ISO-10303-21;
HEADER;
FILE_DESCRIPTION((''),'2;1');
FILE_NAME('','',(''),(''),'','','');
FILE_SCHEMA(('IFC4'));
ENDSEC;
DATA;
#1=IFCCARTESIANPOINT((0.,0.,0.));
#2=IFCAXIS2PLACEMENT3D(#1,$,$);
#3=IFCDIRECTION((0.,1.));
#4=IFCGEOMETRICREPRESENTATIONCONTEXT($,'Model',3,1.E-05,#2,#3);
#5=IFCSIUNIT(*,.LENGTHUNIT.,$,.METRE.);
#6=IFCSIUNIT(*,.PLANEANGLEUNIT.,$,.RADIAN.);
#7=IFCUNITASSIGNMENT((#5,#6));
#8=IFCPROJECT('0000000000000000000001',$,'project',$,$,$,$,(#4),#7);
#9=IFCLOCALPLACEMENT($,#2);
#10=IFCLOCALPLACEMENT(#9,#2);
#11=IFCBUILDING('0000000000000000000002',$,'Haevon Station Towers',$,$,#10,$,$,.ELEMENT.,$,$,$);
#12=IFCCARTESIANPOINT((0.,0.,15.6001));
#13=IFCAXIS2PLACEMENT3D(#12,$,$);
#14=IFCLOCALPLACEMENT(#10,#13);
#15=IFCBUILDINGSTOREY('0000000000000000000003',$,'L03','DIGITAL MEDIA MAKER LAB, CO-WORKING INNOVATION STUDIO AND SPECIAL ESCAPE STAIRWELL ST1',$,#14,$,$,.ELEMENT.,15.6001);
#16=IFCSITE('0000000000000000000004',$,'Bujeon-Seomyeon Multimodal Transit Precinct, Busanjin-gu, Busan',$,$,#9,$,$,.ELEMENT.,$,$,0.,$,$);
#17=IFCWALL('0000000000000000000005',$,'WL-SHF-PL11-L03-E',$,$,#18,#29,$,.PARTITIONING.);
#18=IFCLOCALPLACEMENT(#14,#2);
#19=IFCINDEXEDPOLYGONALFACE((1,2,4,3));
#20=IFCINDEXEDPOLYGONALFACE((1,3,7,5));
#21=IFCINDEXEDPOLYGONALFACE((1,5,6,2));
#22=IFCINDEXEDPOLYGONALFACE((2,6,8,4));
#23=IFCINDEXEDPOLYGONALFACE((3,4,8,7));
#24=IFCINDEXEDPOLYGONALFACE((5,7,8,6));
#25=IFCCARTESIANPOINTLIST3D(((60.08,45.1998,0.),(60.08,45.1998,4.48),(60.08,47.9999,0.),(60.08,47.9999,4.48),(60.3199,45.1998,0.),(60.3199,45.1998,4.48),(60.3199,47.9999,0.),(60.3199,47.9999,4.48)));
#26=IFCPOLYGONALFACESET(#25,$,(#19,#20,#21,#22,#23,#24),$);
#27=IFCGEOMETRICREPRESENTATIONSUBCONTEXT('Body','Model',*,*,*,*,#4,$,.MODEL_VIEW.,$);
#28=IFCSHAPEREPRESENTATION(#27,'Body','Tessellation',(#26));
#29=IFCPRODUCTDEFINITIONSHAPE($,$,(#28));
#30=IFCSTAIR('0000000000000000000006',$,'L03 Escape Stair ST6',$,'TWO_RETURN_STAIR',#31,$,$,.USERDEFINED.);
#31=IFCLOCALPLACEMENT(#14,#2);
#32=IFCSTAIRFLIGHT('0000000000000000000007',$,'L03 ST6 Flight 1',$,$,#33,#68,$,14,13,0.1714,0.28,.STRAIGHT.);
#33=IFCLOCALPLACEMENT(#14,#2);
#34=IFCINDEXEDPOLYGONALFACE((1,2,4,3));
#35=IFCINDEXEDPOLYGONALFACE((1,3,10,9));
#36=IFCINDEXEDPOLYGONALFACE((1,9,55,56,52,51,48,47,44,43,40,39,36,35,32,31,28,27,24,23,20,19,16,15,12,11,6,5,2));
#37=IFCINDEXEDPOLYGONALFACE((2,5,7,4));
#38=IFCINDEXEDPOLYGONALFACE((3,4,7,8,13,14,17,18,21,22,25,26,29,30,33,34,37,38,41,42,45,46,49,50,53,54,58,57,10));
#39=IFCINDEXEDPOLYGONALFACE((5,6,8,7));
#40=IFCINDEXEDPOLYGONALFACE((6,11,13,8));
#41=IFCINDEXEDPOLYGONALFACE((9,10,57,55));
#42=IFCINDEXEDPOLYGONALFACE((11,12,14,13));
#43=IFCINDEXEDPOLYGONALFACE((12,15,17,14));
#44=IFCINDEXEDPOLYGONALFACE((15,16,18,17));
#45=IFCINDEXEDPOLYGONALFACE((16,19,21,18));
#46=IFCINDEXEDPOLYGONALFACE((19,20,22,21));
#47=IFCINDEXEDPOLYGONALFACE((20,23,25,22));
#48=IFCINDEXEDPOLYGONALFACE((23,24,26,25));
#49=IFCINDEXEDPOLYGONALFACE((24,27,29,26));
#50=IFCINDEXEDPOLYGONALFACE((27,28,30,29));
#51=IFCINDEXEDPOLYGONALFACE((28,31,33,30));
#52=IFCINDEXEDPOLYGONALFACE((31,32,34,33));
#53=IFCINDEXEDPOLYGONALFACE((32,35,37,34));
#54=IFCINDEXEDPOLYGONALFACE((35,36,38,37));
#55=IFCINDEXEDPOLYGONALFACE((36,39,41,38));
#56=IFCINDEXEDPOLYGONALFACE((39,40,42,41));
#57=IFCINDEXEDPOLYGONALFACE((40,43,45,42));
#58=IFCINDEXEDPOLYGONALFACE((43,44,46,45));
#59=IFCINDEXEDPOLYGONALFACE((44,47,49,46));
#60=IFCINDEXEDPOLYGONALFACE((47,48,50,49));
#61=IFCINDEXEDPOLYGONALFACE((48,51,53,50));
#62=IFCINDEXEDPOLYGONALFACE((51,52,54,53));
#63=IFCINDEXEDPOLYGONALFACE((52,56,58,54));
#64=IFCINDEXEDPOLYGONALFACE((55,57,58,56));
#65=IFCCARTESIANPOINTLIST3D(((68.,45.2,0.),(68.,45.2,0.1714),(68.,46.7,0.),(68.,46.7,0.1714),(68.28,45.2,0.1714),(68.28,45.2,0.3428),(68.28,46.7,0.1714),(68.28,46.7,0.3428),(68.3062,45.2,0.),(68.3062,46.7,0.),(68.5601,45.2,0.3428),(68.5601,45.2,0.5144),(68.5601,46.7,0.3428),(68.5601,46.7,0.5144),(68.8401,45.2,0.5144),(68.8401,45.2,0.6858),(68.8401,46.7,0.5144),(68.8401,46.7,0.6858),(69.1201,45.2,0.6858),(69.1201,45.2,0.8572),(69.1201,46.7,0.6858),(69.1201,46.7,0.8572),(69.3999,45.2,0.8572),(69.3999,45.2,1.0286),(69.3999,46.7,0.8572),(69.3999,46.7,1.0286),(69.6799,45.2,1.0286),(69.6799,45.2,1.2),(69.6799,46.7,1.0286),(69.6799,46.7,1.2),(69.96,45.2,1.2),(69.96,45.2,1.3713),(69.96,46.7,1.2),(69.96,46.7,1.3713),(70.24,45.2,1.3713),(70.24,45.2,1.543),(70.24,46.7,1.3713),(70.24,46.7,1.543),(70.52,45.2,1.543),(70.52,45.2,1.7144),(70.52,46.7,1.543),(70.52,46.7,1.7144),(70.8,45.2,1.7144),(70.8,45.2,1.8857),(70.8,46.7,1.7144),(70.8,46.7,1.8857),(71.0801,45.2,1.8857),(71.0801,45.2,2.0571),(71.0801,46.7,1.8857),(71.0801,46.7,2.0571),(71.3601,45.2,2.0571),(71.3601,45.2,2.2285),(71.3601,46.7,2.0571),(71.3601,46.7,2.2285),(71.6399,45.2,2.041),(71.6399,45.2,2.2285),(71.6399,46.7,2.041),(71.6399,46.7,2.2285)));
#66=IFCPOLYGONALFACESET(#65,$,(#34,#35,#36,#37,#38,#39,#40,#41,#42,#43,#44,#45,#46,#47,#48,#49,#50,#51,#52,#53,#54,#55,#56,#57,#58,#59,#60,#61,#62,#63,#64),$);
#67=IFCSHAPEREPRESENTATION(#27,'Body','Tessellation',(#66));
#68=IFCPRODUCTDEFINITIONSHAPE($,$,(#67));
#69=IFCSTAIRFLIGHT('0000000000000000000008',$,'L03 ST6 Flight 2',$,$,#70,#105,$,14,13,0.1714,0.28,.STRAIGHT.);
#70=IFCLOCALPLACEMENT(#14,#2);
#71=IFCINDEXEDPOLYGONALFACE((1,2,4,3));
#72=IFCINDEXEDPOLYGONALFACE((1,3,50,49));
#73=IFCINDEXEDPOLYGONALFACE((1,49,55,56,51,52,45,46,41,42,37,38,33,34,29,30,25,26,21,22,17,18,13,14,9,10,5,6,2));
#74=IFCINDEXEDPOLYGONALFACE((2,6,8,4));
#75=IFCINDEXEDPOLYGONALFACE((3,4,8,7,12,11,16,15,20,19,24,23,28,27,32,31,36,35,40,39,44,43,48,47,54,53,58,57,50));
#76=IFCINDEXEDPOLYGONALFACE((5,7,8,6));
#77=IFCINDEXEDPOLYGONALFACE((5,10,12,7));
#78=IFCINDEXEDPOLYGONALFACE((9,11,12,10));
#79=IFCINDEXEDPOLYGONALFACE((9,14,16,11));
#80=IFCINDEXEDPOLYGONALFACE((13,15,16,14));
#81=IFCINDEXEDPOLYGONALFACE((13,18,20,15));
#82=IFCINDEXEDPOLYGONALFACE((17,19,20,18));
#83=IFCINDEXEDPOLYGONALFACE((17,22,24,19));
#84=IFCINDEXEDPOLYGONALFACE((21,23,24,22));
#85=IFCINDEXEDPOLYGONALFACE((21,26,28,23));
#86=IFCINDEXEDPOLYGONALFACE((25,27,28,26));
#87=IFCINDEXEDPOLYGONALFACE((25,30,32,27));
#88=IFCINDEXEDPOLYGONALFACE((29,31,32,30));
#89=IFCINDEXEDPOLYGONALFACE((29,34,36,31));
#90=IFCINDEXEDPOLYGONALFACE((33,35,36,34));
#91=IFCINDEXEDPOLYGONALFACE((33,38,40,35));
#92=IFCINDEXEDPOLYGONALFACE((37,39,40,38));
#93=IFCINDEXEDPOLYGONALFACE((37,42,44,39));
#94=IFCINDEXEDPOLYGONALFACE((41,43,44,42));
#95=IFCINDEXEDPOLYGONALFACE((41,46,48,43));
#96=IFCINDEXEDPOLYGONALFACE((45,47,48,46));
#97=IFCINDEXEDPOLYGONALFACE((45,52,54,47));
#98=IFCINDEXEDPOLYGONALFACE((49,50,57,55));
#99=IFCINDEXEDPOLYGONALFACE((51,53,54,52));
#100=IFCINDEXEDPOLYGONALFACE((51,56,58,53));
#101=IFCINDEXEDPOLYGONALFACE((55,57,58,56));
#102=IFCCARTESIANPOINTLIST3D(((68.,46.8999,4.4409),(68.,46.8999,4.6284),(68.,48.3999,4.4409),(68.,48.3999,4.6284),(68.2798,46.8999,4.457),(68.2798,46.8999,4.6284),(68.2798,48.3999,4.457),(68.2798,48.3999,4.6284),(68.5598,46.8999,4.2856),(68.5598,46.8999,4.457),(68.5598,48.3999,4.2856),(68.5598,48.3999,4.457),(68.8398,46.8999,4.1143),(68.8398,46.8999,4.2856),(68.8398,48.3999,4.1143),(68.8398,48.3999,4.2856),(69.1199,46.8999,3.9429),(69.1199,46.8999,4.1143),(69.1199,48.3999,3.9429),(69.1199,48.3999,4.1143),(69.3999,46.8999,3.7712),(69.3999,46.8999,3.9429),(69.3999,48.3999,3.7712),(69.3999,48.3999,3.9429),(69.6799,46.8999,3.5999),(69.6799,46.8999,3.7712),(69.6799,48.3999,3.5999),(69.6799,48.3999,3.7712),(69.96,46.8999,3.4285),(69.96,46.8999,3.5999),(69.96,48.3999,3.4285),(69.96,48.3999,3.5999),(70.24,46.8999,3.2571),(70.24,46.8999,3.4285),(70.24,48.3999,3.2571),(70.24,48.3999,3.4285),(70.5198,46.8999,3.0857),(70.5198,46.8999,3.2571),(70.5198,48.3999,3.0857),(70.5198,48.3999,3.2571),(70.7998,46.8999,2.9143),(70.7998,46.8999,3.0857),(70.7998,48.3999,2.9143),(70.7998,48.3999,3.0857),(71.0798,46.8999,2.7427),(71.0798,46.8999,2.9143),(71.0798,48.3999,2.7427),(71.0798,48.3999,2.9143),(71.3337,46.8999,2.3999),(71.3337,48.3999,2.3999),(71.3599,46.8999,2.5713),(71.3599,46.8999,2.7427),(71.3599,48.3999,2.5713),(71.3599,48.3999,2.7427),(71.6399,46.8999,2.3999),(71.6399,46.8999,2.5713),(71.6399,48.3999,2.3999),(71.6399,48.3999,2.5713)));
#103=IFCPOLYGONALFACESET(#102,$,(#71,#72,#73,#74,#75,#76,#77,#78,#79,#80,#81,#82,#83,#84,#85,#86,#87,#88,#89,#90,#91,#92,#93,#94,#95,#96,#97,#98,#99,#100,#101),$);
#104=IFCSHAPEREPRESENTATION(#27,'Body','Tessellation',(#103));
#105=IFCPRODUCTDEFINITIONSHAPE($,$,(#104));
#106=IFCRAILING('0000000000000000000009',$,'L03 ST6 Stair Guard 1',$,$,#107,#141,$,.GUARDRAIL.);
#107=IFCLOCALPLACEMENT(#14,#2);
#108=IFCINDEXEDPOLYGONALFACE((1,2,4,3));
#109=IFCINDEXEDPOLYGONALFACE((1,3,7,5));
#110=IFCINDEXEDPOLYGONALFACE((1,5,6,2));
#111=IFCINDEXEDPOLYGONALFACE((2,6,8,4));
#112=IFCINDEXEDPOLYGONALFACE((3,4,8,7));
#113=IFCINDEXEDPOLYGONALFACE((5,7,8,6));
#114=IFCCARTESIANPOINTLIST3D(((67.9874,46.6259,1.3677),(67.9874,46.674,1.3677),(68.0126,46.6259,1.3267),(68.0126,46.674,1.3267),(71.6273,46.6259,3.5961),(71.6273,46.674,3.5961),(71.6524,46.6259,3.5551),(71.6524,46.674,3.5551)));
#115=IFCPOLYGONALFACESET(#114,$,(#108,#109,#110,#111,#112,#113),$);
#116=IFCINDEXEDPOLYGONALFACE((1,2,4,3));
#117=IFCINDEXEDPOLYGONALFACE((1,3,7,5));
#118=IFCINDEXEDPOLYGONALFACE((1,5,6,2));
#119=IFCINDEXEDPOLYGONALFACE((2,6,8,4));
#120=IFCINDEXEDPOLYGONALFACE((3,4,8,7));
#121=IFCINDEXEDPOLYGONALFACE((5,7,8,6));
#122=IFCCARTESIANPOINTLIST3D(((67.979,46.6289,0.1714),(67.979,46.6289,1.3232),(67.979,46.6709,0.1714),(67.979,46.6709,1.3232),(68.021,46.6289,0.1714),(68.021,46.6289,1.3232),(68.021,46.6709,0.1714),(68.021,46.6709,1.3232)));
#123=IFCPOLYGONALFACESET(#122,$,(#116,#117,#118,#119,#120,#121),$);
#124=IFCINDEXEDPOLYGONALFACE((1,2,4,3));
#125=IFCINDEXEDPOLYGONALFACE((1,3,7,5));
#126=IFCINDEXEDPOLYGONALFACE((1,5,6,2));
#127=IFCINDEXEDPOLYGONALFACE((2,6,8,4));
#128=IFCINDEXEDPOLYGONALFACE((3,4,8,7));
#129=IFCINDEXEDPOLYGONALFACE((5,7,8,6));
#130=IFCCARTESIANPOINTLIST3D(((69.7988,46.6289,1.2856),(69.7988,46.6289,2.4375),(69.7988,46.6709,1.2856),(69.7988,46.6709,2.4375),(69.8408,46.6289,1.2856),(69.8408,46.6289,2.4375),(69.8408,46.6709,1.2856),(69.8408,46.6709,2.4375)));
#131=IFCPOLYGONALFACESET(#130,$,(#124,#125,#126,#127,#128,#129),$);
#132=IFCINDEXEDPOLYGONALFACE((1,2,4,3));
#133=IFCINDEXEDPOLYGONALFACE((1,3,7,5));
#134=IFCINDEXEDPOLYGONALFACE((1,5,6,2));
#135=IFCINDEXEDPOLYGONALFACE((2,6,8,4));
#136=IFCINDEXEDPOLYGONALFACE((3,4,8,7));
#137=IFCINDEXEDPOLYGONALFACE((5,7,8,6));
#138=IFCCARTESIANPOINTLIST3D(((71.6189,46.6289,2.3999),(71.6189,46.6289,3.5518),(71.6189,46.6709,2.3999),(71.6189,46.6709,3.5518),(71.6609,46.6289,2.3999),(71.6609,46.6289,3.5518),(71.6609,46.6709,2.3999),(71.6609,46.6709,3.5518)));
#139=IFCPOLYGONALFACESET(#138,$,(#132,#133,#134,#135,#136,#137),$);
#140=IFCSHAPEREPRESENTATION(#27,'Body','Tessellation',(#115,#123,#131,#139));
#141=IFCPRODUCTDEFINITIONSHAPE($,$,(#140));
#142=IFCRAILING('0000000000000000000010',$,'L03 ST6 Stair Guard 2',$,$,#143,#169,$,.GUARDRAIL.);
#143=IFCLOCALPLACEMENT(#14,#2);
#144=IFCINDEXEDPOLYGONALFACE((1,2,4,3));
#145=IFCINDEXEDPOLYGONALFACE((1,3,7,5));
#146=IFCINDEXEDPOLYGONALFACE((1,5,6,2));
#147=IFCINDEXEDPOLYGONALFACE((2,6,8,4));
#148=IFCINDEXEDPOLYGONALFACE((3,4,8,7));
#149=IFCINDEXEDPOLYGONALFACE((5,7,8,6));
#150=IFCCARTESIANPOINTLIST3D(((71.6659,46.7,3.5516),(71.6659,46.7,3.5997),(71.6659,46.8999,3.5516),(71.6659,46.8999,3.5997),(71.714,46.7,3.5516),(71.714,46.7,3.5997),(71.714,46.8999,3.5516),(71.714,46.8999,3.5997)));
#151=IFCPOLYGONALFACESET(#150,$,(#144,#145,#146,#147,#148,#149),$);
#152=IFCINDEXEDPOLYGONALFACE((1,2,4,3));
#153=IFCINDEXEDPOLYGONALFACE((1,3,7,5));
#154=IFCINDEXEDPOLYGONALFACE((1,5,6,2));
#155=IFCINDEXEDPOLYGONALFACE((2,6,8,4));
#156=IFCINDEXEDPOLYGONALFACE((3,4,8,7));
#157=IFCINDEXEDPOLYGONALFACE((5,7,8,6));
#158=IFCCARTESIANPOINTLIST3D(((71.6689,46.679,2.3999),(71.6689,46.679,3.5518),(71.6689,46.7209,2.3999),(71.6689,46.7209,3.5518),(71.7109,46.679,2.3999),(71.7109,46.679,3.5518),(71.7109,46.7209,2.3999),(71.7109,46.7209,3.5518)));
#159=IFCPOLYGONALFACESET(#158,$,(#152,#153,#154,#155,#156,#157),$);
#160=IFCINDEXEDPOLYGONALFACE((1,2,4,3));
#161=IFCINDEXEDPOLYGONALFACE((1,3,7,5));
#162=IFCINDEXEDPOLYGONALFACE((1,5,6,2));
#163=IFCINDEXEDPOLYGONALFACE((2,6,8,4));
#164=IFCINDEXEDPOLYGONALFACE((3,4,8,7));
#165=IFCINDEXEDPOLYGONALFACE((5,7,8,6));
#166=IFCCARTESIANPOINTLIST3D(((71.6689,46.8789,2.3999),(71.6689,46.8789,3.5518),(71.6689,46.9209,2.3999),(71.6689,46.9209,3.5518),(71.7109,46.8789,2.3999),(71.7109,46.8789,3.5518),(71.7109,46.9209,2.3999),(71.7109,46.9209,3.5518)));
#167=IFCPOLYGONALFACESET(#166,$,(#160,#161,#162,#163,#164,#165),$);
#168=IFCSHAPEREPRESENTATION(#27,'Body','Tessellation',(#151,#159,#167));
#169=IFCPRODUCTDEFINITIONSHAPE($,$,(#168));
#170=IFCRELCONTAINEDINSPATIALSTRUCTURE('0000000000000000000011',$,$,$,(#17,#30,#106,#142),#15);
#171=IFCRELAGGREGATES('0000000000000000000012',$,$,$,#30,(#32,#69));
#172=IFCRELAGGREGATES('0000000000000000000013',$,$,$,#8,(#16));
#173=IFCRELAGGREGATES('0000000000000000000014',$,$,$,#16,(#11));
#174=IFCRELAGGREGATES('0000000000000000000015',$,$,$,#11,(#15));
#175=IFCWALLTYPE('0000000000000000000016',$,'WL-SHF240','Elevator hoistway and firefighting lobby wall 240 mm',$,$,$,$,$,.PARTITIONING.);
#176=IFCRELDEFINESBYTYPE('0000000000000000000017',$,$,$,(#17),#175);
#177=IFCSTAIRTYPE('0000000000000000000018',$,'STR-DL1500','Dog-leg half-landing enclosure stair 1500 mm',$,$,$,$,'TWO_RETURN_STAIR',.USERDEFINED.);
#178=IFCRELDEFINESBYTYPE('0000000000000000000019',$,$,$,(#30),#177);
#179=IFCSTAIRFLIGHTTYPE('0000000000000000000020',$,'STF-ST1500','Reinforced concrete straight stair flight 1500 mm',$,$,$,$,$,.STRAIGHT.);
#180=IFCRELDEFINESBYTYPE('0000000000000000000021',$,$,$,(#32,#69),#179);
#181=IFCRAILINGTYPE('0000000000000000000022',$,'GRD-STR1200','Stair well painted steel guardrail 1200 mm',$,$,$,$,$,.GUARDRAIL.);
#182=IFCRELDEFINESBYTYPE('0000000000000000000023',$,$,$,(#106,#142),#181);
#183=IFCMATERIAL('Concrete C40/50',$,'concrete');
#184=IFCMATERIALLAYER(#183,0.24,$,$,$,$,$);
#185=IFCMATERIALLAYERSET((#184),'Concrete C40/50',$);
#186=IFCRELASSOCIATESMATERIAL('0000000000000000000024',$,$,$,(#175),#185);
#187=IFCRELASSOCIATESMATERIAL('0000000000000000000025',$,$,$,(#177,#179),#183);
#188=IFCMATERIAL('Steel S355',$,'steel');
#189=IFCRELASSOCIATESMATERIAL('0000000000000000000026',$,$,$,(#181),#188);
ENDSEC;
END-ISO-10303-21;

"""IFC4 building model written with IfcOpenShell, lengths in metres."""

from ifc_helpers import new_model, si_unit, direction, frame, frame_2d, origin, origin_2d, place, context, subcontext, project, spatial, polyline, rectangle, outline, extrude, material, layer, layer_set, type_object, element, aggregate, save


model = new_model("IFC4")

# Units and contexts
model_context = context("Model", 3, precision=1e-05, world=origin(), true_north=direction((0.0, 1.0)))
body_context = subcontext(model_context, "Body", "Model", "MODEL_VIEW")
ifc_project = project(units=[si_unit("LENGTHUNIT", "METRE"), si_unit("PLANEANGLEUNIT", "RADIAN")], contexts=[model_context])

# Site, building, storey
site_placement = place(None, origin())
site = spatial("IfcSite", under=ifc_project, at=site_placement, Name="Bujeon-Seomyeon Multimodal Transit Precinct, Busanjin-gu, Busan", CompositionType="ELEMENT", RefElevation=0.0)
building_placement = place(site_placement, origin())
building = spatial("IfcBuilding", under=site, at=building_placement, Name="Haevon Station Towers", CompositionType="ELEMENT")
storey_placement = place(building_placement, frame((0.0, 0.0, 15.6001)))
storey = spatial("IfcBuildingStorey", under=building, at=storey_placement, Name="L03", Description="DIGITAL MEDIA MAKER LAB, CO-WORKING INNOVATION STUDIO AND SPECIAL ESCAPE STAIRWELL ST1", CompositionType="ELEMENT", Elevation=15.6001)

# Shared definitions
ifc_material_1 = material(Name="Steel S355", Category="steel")

# Shared definitions
ifc_material_2 = material(Name="Concrete C40/50", Category="concrete")
ifc_layer_1 = layer(ifc_material_2, 0.24)
ifc_layer_set_1 = layer_set([ifc_layer_1], Name="Concrete C40/50")
wall_type_1 = type_object("IfcWallType", Name="WL-SHF240", Description="Elevator hoistway and firefighting lobby wall 240 mm", PredefinedType="PARTITIONING", material=ifc_layer_set_1)

# Wall
for number, where, z_axis, x_axis, name in (
    (1, (60.2, 45.2, 0.0), (0.0, 0.0, 1.0), (0.0, 1.0, 0.0), "WL-SHF-PL11-L03-E"),
):
    element("IfcWall", number, at=place(storey_placement, frame(where, z_axis=z_axis, x_axis=x_axis)), inside=storey, type_object=wall_type_1, Name=name, PredefinedType="PARTITIONING", context=body_context, shape_type="SweptSolid", body=[
        extrude(rectangle(XDim=2.8, YDim=0.24, at=frame_2d((1.3999, 0.0))), origin(), (0.0, 0.0, 1.0), 4.48),
    ])

# Stair, stair flights
stair_type = type_object("IfcStairType", Name="STR-DL1500", Description="Dog-leg half-landing enclosure stair 1500 mm", ElementType="TWO_RETURN_STAIR", PredefinedType="USERDEFINED", material=ifc_material_2)
stair_placement = place(storey_placement, origin())
stair = element("IfcStair", 2, at=stair_placement, inside=storey, type_object=stair_type, Name="L03 Escape Stair ST6", ObjectType="TWO_RETURN_STAIR", PredefinedType="USERDEFINED")
stair_flight_type = type_object("IfcStairFlightType", Name="STF-ST1500", Description="Reinforced concrete straight stair flight 1500 mm", PredefinedType="STRAIGHT", material=ifc_material_2)
stair_flight_1_placement = place(storey_placement, frame((68.0, 45.95, 0.0), z_axis=(0.0, 0.0, 1.0), x_axis=(1.0, 0.0, 0.0)))
stair_flight_1 = element("IfcStairFlight", 3, at=stair_flight_1_placement, type_object=stair_flight_type, Name="L03 ST6 Flight 1", NumberOfRisers=14, NumberOfTreads=13, PredefinedType="STRAIGHT", RiserHeight=0.1714, TreadLength=0.28, context=body_context, shape_type="SweptSolid", body=[
    extrude(outline(polyline([(0.0, 0.0), (0.0, 0.1714), (0.28, 0.1714), (0.28, 0.3428), (0.5601, 0.3428), (0.5601, 0.5144), (0.8401, 0.5144), (0.8401, 0.6858), (1.1201, 0.6858), (1.1201, 0.8572), (1.3999, 0.8572), (1.3999, 1.0286), (1.6799, 1.0286), (1.6799, 1.2), (1.96, 1.2), (1.96, 1.3713), (2.24, 1.3713), (2.24, 1.543), (2.52, 1.543), (2.52, 1.7144), (2.8, 1.7144), (2.8, 1.8857), (3.0801, 1.8857), (3.0801, 2.0571), (3.3601, 2.0571), (3.3601, 2.2285), (3.6399, 2.2285), (3.6399, 2.3999), (3.6399, 2.041), (0.3062, 0.0), (0.0, 0.0)])), frame((0.0, 0.75, 0.0), z_axis=(0.0, -1.0, 0.0), x_axis=(1.0, 0.0, 0.0)), (0.0, 0.0, 1.0), 1.5),
])
stair_flight_2_placement = place(storey_placement, frame((71.6399, 47.6499, 2.3999), z_axis=(0.0, 0.0, 1.0), x_axis=(-1.0, 0.0, 0.0)))
stair_flight_2 = element("IfcStairFlight", 4, at=stair_flight_2_placement, type_object=stair_flight_type, Name="L03 ST6 Flight 2", NumberOfRisers=14, NumberOfTreads=13, PredefinedType="STRAIGHT", RiserHeight=0.1714, TreadLength=0.28, context=body_context, shape_type="SweptSolid", body=[
    extrude(outline(polyline([(0.0, 0.0), (0.0, 0.1714), (0.28, 0.1714), (0.28, 0.3428), (0.5601, 0.3428), (0.5601, 0.5144), (0.8401, 0.5144), (0.8401, 0.6858), (1.1201, 0.6858), (1.1201, 0.8572), (1.3999, 0.8572), (1.3999, 1.0286), (1.6799, 1.0286), (1.6799, 1.2), (1.96, 1.2), (1.96, 1.3713), (2.24, 1.3713), (2.24, 1.543), (2.52, 1.543), (2.52, 1.7144), (2.8, 1.7144), (2.8, 1.8857), (3.0801, 1.8857), (3.0801, 2.0571), (3.3601, 2.0571), (3.3601, 2.2285), (3.6399, 2.2285), (3.6399, 2.3999), (3.6399, 2.041), (0.3062, 0.0), (0.0, 0.0)])), frame((0.0, 0.75, 0.0), z_axis=(0.0, -1.0, 0.0), x_axis=(1.0, 0.0, 0.0)), (0.0, 0.0, 1.0), 1.5),
])
aggregate(stair, [stair_flight_1, stair_flight_2])

# Railings
railing_type_1 = type_object("IfcRailingType", Name="GRD-STR1200", Description="Stair well painted steel guardrail 1200 mm", PredefinedType="GUARDRAIL", material=ifc_material_1)
railing_1_placement = place(storey_placement, frame((68.0, 46.6499, 0.1714)))
element("IfcRailing", 5, at=railing_1_placement, inside=storey, type_object=railing_type_1, Name="L03 ST6 Stair Guard 1", PredefinedType="GUARDRAIL", context=body_context, shape_type="SweptSolid", body=[
    extrude(rectangle(XDim=0.0481, YDim=0.0481, at=origin_2d()), frame((0.0, 0.0, 1.1758), z_axis=(0.85285, 0.0, 0.522156), x_axis=(0.0, 1.0, 0.0)), (0.0, 0.0, 1.0), 4.2678),
    extrude(rectangle(XDim=0.042, YDim=0.042, at=origin_2d()), origin(), (0.0, 0.0, 1.0), 1.1519),
    extrude(rectangle(XDim=0.042, YDim=0.042, at=origin_2d()), frame((1.8198, 0.0, 1.1143)), (0.0, 0.0, 1.0), 1.1519),
    extrude(rectangle(XDim=0.042, YDim=0.042, at=origin_2d()), frame((3.6399, 0.0, 2.2285)), (0.0, 0.0, 1.0), 1.1519),
])
railing_2_placement = place(storey_placement, frame((71.6899, 46.7, 2.3999)))
element("IfcRailing", 6, at=railing_2_placement, inside=storey, type_object=railing_type_1, Name="L03 ST6 Stair Guard 2", PredefinedType="GUARDRAIL", context=body_context, shape_type="SweptSolid", body=[
    extrude(rectangle(XDim=0.0481, YDim=0.0481, at=origin_2d()), frame((0.0, 0.0, 1.1758), z_axis=(0.0, 1.0, 0.0), x_axis=(-1.0, 0.0, 0.0)), (0.0, 0.0, 1.0), 0.2),
    extrude(rectangle(XDim=0.042, YDim=0.042, at=origin_2d()), origin(), (0.0, 0.0, 1.0), 1.1519),
    extrude(rectangle(XDim=0.042, YDim=0.042, at=origin_2d()), frame((0.0, 0.2, 0.0)), (0.0, 0.0, 1.0), 1.1519),
])

save(model, "model.ifc")
